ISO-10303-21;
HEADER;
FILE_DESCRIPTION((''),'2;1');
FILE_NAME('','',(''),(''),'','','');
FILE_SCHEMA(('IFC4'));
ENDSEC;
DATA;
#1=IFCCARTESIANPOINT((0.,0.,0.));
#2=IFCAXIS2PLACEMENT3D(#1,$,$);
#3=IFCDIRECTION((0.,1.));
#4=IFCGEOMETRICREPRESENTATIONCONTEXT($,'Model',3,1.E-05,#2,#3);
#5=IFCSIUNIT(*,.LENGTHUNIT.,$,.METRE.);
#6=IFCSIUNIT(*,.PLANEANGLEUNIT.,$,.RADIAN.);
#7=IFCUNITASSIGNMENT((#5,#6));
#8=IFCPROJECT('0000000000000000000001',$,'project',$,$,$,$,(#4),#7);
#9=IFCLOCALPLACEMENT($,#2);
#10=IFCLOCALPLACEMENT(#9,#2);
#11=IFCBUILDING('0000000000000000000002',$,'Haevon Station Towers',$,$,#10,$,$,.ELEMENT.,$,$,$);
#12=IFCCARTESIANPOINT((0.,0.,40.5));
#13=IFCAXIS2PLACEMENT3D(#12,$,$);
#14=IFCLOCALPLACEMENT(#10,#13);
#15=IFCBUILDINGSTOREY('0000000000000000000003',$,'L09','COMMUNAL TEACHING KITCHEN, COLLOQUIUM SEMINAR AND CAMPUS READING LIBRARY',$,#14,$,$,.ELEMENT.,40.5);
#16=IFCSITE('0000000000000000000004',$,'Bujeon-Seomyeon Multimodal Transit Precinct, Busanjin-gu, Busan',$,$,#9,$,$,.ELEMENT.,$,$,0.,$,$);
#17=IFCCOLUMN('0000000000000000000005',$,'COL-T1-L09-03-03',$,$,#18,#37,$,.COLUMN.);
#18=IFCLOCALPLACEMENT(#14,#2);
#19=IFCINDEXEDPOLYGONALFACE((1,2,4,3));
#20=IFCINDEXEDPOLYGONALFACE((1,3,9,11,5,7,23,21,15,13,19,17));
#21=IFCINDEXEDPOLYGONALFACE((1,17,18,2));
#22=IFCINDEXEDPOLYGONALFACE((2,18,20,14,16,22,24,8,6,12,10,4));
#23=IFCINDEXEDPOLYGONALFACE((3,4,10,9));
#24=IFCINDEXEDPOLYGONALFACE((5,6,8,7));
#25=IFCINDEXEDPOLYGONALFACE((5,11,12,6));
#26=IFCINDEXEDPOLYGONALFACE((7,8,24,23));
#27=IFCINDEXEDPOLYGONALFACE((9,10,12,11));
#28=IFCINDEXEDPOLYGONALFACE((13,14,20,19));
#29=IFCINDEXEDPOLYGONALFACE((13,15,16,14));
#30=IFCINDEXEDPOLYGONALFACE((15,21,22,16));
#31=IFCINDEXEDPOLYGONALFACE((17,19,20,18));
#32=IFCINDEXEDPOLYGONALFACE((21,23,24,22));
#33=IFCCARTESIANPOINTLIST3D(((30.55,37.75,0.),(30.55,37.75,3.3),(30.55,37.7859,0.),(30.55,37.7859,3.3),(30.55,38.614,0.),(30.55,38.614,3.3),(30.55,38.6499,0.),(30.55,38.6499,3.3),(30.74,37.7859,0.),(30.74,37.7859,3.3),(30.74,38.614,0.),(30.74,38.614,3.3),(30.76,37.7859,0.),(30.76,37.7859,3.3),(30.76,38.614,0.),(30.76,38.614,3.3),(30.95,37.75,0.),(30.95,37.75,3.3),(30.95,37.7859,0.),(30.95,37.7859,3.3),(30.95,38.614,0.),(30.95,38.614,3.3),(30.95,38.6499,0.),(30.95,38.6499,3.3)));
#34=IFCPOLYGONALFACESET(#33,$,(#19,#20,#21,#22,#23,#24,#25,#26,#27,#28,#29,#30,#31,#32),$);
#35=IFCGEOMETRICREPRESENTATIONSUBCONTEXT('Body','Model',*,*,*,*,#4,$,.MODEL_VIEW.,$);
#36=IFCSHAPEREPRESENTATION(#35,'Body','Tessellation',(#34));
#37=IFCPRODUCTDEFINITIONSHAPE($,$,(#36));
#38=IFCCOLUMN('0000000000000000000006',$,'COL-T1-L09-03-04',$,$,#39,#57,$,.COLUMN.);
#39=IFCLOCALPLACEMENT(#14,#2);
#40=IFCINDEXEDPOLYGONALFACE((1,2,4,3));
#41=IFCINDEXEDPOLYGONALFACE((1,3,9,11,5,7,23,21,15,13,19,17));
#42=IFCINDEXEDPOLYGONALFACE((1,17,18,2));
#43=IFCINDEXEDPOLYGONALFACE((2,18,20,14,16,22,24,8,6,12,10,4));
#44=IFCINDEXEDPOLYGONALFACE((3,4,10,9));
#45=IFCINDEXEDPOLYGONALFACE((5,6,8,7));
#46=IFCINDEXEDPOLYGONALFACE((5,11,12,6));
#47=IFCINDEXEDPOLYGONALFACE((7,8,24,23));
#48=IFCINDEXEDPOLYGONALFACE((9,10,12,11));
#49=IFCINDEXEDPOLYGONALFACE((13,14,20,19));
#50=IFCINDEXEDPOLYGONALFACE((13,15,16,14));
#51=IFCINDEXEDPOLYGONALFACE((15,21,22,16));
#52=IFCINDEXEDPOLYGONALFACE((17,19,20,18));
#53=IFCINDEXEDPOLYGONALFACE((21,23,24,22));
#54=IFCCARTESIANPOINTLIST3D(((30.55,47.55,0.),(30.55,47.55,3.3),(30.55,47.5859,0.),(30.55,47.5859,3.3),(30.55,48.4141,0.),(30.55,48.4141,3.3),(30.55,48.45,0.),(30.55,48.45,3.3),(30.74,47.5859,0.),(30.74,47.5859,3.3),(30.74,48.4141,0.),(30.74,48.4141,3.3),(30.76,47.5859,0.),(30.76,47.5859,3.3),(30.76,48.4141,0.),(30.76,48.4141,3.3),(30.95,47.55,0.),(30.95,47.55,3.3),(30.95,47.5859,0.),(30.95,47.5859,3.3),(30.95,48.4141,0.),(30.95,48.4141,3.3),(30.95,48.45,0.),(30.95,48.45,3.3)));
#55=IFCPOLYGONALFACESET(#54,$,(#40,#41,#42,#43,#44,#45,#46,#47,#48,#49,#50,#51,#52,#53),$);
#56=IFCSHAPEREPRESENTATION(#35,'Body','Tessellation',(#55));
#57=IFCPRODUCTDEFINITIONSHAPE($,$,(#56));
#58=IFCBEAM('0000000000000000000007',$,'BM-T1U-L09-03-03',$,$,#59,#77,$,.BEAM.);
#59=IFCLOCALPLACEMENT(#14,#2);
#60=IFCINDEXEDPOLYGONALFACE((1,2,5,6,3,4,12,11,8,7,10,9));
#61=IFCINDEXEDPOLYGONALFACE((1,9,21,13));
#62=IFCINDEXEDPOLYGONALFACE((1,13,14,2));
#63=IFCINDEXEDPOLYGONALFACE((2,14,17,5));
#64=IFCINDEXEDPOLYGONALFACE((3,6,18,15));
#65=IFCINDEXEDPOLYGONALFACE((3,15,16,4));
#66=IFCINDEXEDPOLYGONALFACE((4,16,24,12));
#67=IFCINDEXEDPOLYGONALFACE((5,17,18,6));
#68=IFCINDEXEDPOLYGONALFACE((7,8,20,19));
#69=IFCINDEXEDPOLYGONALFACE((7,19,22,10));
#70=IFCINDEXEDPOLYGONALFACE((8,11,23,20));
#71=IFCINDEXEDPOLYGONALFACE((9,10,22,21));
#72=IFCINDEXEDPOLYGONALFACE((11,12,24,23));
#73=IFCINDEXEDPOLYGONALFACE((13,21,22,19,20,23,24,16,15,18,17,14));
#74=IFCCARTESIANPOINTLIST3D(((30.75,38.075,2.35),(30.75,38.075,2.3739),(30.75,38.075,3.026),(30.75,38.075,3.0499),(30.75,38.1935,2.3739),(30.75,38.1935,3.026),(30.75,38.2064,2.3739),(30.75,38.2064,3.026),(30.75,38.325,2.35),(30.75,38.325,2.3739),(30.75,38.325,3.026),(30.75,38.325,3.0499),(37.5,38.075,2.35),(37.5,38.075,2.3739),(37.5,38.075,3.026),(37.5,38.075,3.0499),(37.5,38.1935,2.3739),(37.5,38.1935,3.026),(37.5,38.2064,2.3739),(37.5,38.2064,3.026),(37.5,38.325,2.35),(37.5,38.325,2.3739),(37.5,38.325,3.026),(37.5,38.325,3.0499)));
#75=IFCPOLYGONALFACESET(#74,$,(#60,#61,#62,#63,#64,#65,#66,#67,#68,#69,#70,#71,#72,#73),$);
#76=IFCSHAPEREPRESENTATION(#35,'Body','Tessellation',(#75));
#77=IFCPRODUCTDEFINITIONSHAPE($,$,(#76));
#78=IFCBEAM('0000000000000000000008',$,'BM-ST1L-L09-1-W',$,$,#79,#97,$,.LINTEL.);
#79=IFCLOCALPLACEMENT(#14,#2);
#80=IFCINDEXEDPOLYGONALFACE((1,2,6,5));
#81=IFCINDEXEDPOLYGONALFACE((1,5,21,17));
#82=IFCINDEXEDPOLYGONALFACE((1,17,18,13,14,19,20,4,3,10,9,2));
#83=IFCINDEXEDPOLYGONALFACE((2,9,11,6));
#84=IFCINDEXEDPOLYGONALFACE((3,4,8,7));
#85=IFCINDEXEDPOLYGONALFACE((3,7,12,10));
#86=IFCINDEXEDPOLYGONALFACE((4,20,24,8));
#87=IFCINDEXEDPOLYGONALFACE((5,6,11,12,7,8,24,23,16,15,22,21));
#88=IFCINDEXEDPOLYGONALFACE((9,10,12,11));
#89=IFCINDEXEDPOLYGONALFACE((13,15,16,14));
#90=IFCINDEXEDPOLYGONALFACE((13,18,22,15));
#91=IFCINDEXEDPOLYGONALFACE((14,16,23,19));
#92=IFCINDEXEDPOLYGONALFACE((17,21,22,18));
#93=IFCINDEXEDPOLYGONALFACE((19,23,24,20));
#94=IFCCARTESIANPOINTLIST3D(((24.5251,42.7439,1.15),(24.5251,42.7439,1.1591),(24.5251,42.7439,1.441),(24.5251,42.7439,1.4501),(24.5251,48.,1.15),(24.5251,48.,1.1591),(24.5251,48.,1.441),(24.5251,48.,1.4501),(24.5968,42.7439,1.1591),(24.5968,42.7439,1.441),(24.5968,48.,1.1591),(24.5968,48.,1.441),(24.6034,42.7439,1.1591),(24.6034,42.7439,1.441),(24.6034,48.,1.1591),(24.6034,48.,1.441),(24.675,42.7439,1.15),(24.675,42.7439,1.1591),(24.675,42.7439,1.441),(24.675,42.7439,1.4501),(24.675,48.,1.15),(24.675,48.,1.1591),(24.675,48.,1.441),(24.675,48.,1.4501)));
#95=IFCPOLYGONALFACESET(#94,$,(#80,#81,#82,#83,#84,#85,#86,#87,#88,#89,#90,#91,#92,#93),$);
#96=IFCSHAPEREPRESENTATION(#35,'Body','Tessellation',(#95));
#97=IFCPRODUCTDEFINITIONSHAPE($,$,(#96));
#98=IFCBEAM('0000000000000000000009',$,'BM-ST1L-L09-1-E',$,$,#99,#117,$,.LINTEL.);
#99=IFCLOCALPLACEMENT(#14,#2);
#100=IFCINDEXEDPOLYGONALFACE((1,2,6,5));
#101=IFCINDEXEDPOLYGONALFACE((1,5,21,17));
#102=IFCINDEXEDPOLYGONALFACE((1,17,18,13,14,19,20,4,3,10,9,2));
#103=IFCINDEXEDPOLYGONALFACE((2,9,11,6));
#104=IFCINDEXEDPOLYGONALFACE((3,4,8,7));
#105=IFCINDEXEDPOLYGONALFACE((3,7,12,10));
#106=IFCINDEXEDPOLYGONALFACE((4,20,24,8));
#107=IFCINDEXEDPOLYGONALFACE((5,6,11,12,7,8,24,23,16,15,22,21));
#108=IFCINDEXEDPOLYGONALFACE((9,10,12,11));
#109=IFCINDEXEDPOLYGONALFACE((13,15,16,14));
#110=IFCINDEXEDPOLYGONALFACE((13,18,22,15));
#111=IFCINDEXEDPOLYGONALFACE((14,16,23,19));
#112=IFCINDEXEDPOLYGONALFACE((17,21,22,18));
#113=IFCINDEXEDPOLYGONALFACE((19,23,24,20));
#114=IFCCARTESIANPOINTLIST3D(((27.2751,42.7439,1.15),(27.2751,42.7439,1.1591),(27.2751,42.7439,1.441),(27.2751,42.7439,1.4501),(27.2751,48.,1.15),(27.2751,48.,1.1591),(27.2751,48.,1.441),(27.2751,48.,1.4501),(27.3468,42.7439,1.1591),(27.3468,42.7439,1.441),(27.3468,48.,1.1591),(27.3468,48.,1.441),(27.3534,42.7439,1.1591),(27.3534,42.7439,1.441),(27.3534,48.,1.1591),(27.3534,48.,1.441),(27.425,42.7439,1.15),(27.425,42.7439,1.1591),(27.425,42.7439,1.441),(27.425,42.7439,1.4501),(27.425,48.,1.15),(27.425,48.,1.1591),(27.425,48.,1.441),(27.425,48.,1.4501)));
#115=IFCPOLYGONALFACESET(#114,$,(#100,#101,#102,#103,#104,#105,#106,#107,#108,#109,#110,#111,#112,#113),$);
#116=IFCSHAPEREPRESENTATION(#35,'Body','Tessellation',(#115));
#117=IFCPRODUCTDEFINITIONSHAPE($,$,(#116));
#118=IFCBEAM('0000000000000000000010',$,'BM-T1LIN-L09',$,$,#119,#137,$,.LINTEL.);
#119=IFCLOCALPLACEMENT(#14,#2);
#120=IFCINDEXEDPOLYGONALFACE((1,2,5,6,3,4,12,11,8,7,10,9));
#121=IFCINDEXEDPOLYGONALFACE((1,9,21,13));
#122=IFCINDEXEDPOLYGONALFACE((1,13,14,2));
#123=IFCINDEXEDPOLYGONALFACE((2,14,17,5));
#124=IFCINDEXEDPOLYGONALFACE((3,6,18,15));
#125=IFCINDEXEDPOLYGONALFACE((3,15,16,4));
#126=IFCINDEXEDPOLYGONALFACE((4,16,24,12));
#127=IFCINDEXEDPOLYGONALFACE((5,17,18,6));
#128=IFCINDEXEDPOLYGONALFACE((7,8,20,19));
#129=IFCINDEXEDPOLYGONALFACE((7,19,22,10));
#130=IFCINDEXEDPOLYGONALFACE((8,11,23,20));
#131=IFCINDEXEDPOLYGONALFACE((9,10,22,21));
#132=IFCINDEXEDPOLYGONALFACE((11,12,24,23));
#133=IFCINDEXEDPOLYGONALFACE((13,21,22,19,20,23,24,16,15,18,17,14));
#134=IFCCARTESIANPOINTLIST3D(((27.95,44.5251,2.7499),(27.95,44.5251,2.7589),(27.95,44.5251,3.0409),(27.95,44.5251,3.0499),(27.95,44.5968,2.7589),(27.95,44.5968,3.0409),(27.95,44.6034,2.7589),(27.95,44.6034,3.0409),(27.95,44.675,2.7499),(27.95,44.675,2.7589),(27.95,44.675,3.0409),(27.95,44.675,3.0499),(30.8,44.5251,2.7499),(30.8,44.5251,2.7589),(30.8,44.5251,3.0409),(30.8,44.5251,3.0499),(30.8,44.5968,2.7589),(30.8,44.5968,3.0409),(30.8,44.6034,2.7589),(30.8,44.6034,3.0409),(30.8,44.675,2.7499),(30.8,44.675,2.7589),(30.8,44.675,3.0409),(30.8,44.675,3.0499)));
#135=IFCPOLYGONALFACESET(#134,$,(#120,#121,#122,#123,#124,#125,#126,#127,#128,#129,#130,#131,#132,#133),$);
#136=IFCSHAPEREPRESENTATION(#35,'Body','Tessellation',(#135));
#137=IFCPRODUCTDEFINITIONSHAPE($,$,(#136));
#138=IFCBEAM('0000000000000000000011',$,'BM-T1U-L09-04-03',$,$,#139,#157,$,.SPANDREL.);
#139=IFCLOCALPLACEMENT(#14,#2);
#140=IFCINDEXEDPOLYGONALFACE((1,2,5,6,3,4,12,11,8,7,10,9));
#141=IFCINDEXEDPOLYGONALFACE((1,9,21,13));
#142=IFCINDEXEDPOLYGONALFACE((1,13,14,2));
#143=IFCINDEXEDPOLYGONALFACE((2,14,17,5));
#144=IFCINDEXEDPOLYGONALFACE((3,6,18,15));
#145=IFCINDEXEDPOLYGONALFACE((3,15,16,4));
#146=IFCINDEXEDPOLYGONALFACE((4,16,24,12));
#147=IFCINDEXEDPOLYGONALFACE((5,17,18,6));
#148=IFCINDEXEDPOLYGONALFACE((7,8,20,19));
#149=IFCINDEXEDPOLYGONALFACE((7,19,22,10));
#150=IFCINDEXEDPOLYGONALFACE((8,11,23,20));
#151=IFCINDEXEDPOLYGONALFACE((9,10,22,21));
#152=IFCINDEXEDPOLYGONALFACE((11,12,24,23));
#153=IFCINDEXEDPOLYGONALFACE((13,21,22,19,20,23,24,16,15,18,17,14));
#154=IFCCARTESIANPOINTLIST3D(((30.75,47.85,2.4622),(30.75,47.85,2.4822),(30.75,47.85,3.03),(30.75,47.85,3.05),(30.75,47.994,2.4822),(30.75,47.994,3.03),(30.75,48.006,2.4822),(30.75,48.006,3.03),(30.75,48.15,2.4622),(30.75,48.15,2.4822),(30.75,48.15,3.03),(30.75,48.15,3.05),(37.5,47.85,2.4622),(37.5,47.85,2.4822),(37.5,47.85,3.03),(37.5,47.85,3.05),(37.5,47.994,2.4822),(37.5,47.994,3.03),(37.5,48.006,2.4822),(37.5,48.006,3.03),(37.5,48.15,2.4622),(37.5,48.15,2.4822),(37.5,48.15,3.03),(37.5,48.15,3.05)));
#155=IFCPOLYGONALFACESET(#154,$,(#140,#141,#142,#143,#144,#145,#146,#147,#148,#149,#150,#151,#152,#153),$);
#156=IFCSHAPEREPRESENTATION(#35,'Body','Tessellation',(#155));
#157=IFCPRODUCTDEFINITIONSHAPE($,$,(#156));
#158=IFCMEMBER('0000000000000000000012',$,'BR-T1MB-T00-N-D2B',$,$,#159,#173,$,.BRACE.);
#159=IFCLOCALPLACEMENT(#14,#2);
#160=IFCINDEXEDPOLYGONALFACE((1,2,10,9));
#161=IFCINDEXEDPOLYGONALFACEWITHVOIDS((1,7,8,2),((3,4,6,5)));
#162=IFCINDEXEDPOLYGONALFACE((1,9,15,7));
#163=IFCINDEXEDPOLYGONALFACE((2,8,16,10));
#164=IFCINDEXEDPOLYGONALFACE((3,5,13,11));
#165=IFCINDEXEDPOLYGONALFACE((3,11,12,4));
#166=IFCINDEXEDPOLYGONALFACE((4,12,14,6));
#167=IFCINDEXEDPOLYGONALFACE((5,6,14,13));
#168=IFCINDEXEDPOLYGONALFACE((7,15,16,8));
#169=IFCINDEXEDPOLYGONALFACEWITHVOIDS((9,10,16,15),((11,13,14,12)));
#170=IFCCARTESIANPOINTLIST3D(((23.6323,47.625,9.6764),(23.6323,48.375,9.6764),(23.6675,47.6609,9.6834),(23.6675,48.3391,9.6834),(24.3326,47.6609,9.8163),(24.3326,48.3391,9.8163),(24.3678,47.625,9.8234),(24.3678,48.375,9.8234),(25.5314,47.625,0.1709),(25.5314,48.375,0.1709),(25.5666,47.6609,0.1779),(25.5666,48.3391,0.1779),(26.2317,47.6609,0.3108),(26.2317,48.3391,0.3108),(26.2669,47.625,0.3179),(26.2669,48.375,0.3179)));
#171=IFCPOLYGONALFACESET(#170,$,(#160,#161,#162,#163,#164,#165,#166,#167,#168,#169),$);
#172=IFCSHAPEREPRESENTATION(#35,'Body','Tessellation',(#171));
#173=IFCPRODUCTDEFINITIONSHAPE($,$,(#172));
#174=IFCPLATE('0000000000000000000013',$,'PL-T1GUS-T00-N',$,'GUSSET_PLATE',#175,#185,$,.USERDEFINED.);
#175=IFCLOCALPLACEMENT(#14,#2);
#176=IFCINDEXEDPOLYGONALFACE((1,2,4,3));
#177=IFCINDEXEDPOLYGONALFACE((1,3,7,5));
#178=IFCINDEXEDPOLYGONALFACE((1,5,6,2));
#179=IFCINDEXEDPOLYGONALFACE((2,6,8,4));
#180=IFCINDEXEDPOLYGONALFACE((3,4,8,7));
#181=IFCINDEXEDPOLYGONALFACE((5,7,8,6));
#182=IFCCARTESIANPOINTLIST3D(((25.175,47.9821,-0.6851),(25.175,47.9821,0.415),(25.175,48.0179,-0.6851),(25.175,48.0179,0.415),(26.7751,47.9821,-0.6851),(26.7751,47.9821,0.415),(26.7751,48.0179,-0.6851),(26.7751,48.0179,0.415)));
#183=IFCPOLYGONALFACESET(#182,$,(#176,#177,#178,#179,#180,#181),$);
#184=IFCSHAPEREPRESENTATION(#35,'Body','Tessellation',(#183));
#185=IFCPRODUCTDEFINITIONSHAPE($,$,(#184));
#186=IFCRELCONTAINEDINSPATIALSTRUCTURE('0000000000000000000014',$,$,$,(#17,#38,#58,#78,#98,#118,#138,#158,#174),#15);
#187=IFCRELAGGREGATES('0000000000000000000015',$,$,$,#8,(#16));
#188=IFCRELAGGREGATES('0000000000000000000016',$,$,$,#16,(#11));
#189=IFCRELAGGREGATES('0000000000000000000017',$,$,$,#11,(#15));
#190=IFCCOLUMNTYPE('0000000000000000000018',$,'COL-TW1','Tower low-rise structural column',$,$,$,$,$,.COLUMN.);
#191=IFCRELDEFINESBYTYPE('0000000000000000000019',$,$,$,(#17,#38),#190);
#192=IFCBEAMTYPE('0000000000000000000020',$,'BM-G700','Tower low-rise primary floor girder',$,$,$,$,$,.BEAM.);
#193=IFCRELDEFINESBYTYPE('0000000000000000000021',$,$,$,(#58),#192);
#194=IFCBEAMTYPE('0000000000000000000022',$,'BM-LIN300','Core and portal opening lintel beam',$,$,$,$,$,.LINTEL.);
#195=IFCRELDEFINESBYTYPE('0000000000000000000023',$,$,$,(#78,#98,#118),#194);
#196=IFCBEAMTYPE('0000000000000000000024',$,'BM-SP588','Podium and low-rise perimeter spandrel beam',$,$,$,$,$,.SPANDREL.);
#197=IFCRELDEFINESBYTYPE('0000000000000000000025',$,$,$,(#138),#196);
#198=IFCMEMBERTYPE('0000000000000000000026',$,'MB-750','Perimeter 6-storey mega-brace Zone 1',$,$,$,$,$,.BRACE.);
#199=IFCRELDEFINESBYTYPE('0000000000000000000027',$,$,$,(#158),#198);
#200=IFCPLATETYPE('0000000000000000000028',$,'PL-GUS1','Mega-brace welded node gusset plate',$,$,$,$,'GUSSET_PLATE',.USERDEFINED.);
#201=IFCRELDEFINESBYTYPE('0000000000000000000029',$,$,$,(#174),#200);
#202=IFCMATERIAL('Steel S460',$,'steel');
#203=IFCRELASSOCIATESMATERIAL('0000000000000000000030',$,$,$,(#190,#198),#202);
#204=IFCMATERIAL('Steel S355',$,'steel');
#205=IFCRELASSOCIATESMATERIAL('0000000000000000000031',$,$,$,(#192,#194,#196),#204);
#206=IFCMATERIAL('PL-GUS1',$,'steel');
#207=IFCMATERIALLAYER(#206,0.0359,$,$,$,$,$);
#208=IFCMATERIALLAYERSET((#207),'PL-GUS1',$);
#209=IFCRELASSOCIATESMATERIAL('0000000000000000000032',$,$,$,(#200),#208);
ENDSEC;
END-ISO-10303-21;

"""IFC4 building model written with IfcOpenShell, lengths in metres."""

from ifc_helpers import new_model, si_unit, direction, frame, origin, origin_2d, place, context, subcontext, project, spatial, rectangle, hollow_rectangle, i_section, extrude, material, layer, layer_set, material_profile, profile_set, type_object, element, save


model = new_model("IFC4")

# Units and contexts
model_context = context("Model", 3, precision=1e-05, world=origin(), true_north=direction((0.0, 1.0)))
body_context = subcontext(model_context, "Body", "Model", "MODEL_VIEW")
ifc_project = project(units=[si_unit("LENGTHUNIT", "METRE"), si_unit("PLANEANGLEUNIT", "RADIAN")], contexts=[model_context])

# Site, building, storey
site_placement = place(None, origin())
site = spatial("IfcSite", under=ifc_project, at=site_placement, Name="Bujeon-Seomyeon Multimodal Transit Precinct, Busanjin-gu, Busan", CompositionType="ELEMENT", RefElevation=0.0)
building_placement = place(site_placement, origin())
building = spatial("IfcBuilding", under=site, at=building_placement, Name="Haevon Station Towers", CompositionType="ELEMENT")
storey_placement = place(building_placement, frame((0.0, 0.0, 40.5)))
storey = spatial("IfcBuildingStorey", under=building, at=storey_placement, Name="L09", Description="COMMUNAL TEACHING KITCHEN, COLLOQUIUM SEMINAR AND CAMPUS READING LIBRARY", CompositionType="ELEMENT", Elevation=40.5)

# Columns
ifc_material_1 = material(Name="Steel S460", Category="steel")
ifc_material_profile_1 = material_profile(ifc_material_1, i_section(OverallWidth=0.3999, OverallDepth=0.8999, WebThickness=0.02, FlangeThickness=0.0359, at=origin_2d()), Name="H-900x400x20x36")
ifc_profile_set_1 = profile_set([ifc_material_profile_1], Name="Steel S460")
column_type = type_object("IfcColumnType", Name="COL-TW1", Description="Tower low-rise structural column", PredefinedType="COLUMN", material=ifc_profile_set_1)
for number, where, z_axis, x_axis, name in (
    (1, (30.75, 38.2, 0.0), (0.0, 0.0, 1.0), (1.0, 0.0, 0.0), "COL-T1-L09-03-03"),
    (2, (30.75, 48.0, 0.0), (0.0, 0.0, 1.0), (1.0, 0.0, 0.0), "COL-T1-L09-03-04"),
):
    element("IfcColumn", number, at=place(storey_placement, frame(where, z_axis=z_axis, x_axis=x_axis)), inside=storey, type_object=column_type, Name=name, PredefinedType="COLUMN", context=body_context, shape_type="SweptSolid", body=[
        extrude(i_section(OverallWidth=0.3999, OverallDepth=0.8999, WebThickness=0.02, FlangeThickness=0.0359, at=origin_2d()), origin(), (0.0, 0.0, 1.0), 3.3),
    ])

# Beams
ifc_material_2 = material(Name="Steel S355", Category="steel")
ifc_material_profile_2 = material_profile(ifc_material_2, i_section(OverallWidth=0.25, OverallDepth=0.7, WebThickness=0.0129, FlangeThickness=0.0239, at=origin_2d()), Name="H-700x250x13x24")
ifc_profile_set_2 = profile_set([ifc_material_profile_2], Name="Steel S355")
beam_type_1 = type_object("IfcBeamType", Name="BM-G700", Description="Tower low-rise primary floor girder", PredefinedType="BEAM", material=ifc_profile_set_2)
beam_1_placement = place(storey_placement, frame((30.75, 38.2, 2.7), z_axis=(1.0, 0.0, 0.0), x_axis=(0.0, 1.0, 0.0)))
element("IfcBeam", 3, at=beam_1_placement, inside=storey, type_object=beam_type_1, Name="BM-T1U-L09-03-03", PredefinedType="BEAM", context=body_context, shape_type="SweptSolid", body=[
    extrude(i_section(OverallWidth=0.25, OverallDepth=0.7, WebThickness=0.0129, FlangeThickness=0.0239, at=origin_2d()), origin(), (0.0, 0.0, 1.0), 6.75),
])
ifc_material_profile_3 = material_profile(ifc_material_2, i_section(OverallWidth=0.1499, OverallDepth=0.3, WebThickness=0.0066, FlangeThickness=0.009, at=origin_2d()), Name="H-300x150x6.5x9")
ifc_profile_set_3 = profile_set([ifc_material_profile_3], Name="Steel S355")
beam_type_2 = type_object("IfcBeamType", Name="BM-LIN300", Description="Core and portal opening lintel beam", PredefinedType="LINTEL", material=ifc_profile_set_3)
for number, where, z_axis, x_axis, name in (
    (4, (24.6001, 42.7439, 1.3), (0.0, 1.0, 0.0), (-1.0, 0.0, 0.0), "BM-ST1L-L09-1-W"),
    (5, (27.3501, 42.7439, 1.3), (0.0, 1.0, 0.0), (-1.0, 0.0, 0.0), "BM-ST1L-L09-1-E"),
):
    element("IfcBeam", number, at=place(storey_placement, frame(where, z_axis=z_axis, x_axis=x_axis)), inside=storey, type_object=beam_type_2, Name=name, PredefinedType="LINTEL", context=body_context, shape_type="SweptSolid", body=[
        extrude(i_section(OverallWidth=0.1499, OverallDepth=0.3, WebThickness=0.0066, FlangeThickness=0.009, at=origin_2d()), origin(), (0.0, 0.0, 1.0), 5.2561),
    ])
beam_2_placement = place(storey_placement, frame((27.95, 44.6001, 2.8999), z_axis=(1.0, 0.0, 0.0), x_axis=(0.0, 1.0, 0.0)))
element("IfcBeam", 6, at=beam_2_placement, inside=storey, type_object=beam_type_2, Name="BM-T1LIN-L09", PredefinedType="LINTEL", context=body_context, shape_type="SweptSolid", body=[
    extrude(i_section(OverallWidth=0.1499, OverallDepth=0.3, WebThickness=0.0066, FlangeThickness=0.009, at=origin_2d()), origin(), (0.0, 0.0, 1.0), 2.8501),
])
ifc_material_profile_4 = material_profile(ifc_material_2, i_section(OverallWidth=0.3, OverallDepth=0.5879, WebThickness=0.012, FlangeThickness=0.02, at=origin_2d()), Name="H-588x300x12x20")
ifc_profile_set_4 = profile_set([ifc_material_profile_4], Name="Steel S355")
beam_type_3 = type_object("IfcBeamType", Name="BM-SP588", Description="Podium and low-rise perimeter spandrel beam", PredefinedType="SPANDREL", material=ifc_profile_set_4)
beam_3_placement = place(storey_placement, frame((30.75, 48.0, 2.7561), z_axis=(1.0, 0.0, 0.0), x_axis=(0.0, 1.0, 0.0)))
element("IfcBeam", 7, at=beam_3_placement, inside=storey, type_object=beam_type_3, Name="BM-T1U-L09-04-03", PredefinedType="SPANDREL", context=body_context, shape_type="SweptSolid", body=[
    extrude(i_section(OverallWidth=0.3, OverallDepth=0.5879, WebThickness=0.012, FlangeThickness=0.02, at=origin_2d()), origin(), (0.0, 0.0, 1.0), 6.75),
])

# Member
ifc_material_profile_5 = material_profile(ifc_material_1, hollow_rectangle(XDim=0.75, YDim=0.75, WallThickness=0.0359, at=origin_2d()), Name="RHS-750x750x36")
ifc_profile_set_5 = profile_set([ifc_material_profile_5], Name="Steel S460")
member_type = type_object("IfcMemberType", Name="MB-750", Description="Perimeter 6-storey mega-brace Zone 1", PredefinedType="BRACE", material=ifc_profile_set_5)
member_placement = place(storey_placement, frame((25.8992, 48.0, 0.2444), z_axis=(-0.195922, 0.0, 0.980619), x_axis=(0.0, -1.0, 0.0)))
element("IfcMember", 8, at=member_placement, inside=storey, type_object=member_type, Name="BR-T1MB-T00-N-D2B", PredefinedType="BRACE", context=body_context, shape_type="SweptSolid", body=[
    extrude(hollow_rectangle(XDim=0.75, YDim=0.75, WallThickness=0.0359, at=origin_2d()), origin(), (0.0, 0.0, 1.0), 9.6934),
])

# Plate
ifc_material_3 = material(Name="PL-GUS1", Category="steel")
ifc_layer_1 = layer(ifc_material_3, 0.0359)
ifc_layer_set_1 = layer_set([ifc_layer_1], Name="PL-GUS1")
plate_type = type_object("IfcPlateType", Name="PL-GUS1", Description="Mega-brace welded node gusset plate", ElementType="GUSSET_PLATE", PredefinedType="USERDEFINED", material=ifc_layer_set_1)
plate_placement = place(storey_placement, frame((25.9751, 48.0, -0.6851), z_axis=(0.0, 0.0, 1.0), x_axis=(1.0, 0.0, 0.0)))
element("IfcPlate", 9, at=plate_placement, inside=storey, type_object=plate_type, Name="PL-T1GUS-T00-N", ObjectType="GUSSET_PLATE", PredefinedType="USERDEFINED", context=body_context, shape_type="SweptSolid", body=[
    extrude(rectangle(XDim=1.6001, YDim=0.0359, at=origin_2d()), origin(), (0.0, 0.0, 1.0), 1.1001),
])

save(model, "model.ifc")
